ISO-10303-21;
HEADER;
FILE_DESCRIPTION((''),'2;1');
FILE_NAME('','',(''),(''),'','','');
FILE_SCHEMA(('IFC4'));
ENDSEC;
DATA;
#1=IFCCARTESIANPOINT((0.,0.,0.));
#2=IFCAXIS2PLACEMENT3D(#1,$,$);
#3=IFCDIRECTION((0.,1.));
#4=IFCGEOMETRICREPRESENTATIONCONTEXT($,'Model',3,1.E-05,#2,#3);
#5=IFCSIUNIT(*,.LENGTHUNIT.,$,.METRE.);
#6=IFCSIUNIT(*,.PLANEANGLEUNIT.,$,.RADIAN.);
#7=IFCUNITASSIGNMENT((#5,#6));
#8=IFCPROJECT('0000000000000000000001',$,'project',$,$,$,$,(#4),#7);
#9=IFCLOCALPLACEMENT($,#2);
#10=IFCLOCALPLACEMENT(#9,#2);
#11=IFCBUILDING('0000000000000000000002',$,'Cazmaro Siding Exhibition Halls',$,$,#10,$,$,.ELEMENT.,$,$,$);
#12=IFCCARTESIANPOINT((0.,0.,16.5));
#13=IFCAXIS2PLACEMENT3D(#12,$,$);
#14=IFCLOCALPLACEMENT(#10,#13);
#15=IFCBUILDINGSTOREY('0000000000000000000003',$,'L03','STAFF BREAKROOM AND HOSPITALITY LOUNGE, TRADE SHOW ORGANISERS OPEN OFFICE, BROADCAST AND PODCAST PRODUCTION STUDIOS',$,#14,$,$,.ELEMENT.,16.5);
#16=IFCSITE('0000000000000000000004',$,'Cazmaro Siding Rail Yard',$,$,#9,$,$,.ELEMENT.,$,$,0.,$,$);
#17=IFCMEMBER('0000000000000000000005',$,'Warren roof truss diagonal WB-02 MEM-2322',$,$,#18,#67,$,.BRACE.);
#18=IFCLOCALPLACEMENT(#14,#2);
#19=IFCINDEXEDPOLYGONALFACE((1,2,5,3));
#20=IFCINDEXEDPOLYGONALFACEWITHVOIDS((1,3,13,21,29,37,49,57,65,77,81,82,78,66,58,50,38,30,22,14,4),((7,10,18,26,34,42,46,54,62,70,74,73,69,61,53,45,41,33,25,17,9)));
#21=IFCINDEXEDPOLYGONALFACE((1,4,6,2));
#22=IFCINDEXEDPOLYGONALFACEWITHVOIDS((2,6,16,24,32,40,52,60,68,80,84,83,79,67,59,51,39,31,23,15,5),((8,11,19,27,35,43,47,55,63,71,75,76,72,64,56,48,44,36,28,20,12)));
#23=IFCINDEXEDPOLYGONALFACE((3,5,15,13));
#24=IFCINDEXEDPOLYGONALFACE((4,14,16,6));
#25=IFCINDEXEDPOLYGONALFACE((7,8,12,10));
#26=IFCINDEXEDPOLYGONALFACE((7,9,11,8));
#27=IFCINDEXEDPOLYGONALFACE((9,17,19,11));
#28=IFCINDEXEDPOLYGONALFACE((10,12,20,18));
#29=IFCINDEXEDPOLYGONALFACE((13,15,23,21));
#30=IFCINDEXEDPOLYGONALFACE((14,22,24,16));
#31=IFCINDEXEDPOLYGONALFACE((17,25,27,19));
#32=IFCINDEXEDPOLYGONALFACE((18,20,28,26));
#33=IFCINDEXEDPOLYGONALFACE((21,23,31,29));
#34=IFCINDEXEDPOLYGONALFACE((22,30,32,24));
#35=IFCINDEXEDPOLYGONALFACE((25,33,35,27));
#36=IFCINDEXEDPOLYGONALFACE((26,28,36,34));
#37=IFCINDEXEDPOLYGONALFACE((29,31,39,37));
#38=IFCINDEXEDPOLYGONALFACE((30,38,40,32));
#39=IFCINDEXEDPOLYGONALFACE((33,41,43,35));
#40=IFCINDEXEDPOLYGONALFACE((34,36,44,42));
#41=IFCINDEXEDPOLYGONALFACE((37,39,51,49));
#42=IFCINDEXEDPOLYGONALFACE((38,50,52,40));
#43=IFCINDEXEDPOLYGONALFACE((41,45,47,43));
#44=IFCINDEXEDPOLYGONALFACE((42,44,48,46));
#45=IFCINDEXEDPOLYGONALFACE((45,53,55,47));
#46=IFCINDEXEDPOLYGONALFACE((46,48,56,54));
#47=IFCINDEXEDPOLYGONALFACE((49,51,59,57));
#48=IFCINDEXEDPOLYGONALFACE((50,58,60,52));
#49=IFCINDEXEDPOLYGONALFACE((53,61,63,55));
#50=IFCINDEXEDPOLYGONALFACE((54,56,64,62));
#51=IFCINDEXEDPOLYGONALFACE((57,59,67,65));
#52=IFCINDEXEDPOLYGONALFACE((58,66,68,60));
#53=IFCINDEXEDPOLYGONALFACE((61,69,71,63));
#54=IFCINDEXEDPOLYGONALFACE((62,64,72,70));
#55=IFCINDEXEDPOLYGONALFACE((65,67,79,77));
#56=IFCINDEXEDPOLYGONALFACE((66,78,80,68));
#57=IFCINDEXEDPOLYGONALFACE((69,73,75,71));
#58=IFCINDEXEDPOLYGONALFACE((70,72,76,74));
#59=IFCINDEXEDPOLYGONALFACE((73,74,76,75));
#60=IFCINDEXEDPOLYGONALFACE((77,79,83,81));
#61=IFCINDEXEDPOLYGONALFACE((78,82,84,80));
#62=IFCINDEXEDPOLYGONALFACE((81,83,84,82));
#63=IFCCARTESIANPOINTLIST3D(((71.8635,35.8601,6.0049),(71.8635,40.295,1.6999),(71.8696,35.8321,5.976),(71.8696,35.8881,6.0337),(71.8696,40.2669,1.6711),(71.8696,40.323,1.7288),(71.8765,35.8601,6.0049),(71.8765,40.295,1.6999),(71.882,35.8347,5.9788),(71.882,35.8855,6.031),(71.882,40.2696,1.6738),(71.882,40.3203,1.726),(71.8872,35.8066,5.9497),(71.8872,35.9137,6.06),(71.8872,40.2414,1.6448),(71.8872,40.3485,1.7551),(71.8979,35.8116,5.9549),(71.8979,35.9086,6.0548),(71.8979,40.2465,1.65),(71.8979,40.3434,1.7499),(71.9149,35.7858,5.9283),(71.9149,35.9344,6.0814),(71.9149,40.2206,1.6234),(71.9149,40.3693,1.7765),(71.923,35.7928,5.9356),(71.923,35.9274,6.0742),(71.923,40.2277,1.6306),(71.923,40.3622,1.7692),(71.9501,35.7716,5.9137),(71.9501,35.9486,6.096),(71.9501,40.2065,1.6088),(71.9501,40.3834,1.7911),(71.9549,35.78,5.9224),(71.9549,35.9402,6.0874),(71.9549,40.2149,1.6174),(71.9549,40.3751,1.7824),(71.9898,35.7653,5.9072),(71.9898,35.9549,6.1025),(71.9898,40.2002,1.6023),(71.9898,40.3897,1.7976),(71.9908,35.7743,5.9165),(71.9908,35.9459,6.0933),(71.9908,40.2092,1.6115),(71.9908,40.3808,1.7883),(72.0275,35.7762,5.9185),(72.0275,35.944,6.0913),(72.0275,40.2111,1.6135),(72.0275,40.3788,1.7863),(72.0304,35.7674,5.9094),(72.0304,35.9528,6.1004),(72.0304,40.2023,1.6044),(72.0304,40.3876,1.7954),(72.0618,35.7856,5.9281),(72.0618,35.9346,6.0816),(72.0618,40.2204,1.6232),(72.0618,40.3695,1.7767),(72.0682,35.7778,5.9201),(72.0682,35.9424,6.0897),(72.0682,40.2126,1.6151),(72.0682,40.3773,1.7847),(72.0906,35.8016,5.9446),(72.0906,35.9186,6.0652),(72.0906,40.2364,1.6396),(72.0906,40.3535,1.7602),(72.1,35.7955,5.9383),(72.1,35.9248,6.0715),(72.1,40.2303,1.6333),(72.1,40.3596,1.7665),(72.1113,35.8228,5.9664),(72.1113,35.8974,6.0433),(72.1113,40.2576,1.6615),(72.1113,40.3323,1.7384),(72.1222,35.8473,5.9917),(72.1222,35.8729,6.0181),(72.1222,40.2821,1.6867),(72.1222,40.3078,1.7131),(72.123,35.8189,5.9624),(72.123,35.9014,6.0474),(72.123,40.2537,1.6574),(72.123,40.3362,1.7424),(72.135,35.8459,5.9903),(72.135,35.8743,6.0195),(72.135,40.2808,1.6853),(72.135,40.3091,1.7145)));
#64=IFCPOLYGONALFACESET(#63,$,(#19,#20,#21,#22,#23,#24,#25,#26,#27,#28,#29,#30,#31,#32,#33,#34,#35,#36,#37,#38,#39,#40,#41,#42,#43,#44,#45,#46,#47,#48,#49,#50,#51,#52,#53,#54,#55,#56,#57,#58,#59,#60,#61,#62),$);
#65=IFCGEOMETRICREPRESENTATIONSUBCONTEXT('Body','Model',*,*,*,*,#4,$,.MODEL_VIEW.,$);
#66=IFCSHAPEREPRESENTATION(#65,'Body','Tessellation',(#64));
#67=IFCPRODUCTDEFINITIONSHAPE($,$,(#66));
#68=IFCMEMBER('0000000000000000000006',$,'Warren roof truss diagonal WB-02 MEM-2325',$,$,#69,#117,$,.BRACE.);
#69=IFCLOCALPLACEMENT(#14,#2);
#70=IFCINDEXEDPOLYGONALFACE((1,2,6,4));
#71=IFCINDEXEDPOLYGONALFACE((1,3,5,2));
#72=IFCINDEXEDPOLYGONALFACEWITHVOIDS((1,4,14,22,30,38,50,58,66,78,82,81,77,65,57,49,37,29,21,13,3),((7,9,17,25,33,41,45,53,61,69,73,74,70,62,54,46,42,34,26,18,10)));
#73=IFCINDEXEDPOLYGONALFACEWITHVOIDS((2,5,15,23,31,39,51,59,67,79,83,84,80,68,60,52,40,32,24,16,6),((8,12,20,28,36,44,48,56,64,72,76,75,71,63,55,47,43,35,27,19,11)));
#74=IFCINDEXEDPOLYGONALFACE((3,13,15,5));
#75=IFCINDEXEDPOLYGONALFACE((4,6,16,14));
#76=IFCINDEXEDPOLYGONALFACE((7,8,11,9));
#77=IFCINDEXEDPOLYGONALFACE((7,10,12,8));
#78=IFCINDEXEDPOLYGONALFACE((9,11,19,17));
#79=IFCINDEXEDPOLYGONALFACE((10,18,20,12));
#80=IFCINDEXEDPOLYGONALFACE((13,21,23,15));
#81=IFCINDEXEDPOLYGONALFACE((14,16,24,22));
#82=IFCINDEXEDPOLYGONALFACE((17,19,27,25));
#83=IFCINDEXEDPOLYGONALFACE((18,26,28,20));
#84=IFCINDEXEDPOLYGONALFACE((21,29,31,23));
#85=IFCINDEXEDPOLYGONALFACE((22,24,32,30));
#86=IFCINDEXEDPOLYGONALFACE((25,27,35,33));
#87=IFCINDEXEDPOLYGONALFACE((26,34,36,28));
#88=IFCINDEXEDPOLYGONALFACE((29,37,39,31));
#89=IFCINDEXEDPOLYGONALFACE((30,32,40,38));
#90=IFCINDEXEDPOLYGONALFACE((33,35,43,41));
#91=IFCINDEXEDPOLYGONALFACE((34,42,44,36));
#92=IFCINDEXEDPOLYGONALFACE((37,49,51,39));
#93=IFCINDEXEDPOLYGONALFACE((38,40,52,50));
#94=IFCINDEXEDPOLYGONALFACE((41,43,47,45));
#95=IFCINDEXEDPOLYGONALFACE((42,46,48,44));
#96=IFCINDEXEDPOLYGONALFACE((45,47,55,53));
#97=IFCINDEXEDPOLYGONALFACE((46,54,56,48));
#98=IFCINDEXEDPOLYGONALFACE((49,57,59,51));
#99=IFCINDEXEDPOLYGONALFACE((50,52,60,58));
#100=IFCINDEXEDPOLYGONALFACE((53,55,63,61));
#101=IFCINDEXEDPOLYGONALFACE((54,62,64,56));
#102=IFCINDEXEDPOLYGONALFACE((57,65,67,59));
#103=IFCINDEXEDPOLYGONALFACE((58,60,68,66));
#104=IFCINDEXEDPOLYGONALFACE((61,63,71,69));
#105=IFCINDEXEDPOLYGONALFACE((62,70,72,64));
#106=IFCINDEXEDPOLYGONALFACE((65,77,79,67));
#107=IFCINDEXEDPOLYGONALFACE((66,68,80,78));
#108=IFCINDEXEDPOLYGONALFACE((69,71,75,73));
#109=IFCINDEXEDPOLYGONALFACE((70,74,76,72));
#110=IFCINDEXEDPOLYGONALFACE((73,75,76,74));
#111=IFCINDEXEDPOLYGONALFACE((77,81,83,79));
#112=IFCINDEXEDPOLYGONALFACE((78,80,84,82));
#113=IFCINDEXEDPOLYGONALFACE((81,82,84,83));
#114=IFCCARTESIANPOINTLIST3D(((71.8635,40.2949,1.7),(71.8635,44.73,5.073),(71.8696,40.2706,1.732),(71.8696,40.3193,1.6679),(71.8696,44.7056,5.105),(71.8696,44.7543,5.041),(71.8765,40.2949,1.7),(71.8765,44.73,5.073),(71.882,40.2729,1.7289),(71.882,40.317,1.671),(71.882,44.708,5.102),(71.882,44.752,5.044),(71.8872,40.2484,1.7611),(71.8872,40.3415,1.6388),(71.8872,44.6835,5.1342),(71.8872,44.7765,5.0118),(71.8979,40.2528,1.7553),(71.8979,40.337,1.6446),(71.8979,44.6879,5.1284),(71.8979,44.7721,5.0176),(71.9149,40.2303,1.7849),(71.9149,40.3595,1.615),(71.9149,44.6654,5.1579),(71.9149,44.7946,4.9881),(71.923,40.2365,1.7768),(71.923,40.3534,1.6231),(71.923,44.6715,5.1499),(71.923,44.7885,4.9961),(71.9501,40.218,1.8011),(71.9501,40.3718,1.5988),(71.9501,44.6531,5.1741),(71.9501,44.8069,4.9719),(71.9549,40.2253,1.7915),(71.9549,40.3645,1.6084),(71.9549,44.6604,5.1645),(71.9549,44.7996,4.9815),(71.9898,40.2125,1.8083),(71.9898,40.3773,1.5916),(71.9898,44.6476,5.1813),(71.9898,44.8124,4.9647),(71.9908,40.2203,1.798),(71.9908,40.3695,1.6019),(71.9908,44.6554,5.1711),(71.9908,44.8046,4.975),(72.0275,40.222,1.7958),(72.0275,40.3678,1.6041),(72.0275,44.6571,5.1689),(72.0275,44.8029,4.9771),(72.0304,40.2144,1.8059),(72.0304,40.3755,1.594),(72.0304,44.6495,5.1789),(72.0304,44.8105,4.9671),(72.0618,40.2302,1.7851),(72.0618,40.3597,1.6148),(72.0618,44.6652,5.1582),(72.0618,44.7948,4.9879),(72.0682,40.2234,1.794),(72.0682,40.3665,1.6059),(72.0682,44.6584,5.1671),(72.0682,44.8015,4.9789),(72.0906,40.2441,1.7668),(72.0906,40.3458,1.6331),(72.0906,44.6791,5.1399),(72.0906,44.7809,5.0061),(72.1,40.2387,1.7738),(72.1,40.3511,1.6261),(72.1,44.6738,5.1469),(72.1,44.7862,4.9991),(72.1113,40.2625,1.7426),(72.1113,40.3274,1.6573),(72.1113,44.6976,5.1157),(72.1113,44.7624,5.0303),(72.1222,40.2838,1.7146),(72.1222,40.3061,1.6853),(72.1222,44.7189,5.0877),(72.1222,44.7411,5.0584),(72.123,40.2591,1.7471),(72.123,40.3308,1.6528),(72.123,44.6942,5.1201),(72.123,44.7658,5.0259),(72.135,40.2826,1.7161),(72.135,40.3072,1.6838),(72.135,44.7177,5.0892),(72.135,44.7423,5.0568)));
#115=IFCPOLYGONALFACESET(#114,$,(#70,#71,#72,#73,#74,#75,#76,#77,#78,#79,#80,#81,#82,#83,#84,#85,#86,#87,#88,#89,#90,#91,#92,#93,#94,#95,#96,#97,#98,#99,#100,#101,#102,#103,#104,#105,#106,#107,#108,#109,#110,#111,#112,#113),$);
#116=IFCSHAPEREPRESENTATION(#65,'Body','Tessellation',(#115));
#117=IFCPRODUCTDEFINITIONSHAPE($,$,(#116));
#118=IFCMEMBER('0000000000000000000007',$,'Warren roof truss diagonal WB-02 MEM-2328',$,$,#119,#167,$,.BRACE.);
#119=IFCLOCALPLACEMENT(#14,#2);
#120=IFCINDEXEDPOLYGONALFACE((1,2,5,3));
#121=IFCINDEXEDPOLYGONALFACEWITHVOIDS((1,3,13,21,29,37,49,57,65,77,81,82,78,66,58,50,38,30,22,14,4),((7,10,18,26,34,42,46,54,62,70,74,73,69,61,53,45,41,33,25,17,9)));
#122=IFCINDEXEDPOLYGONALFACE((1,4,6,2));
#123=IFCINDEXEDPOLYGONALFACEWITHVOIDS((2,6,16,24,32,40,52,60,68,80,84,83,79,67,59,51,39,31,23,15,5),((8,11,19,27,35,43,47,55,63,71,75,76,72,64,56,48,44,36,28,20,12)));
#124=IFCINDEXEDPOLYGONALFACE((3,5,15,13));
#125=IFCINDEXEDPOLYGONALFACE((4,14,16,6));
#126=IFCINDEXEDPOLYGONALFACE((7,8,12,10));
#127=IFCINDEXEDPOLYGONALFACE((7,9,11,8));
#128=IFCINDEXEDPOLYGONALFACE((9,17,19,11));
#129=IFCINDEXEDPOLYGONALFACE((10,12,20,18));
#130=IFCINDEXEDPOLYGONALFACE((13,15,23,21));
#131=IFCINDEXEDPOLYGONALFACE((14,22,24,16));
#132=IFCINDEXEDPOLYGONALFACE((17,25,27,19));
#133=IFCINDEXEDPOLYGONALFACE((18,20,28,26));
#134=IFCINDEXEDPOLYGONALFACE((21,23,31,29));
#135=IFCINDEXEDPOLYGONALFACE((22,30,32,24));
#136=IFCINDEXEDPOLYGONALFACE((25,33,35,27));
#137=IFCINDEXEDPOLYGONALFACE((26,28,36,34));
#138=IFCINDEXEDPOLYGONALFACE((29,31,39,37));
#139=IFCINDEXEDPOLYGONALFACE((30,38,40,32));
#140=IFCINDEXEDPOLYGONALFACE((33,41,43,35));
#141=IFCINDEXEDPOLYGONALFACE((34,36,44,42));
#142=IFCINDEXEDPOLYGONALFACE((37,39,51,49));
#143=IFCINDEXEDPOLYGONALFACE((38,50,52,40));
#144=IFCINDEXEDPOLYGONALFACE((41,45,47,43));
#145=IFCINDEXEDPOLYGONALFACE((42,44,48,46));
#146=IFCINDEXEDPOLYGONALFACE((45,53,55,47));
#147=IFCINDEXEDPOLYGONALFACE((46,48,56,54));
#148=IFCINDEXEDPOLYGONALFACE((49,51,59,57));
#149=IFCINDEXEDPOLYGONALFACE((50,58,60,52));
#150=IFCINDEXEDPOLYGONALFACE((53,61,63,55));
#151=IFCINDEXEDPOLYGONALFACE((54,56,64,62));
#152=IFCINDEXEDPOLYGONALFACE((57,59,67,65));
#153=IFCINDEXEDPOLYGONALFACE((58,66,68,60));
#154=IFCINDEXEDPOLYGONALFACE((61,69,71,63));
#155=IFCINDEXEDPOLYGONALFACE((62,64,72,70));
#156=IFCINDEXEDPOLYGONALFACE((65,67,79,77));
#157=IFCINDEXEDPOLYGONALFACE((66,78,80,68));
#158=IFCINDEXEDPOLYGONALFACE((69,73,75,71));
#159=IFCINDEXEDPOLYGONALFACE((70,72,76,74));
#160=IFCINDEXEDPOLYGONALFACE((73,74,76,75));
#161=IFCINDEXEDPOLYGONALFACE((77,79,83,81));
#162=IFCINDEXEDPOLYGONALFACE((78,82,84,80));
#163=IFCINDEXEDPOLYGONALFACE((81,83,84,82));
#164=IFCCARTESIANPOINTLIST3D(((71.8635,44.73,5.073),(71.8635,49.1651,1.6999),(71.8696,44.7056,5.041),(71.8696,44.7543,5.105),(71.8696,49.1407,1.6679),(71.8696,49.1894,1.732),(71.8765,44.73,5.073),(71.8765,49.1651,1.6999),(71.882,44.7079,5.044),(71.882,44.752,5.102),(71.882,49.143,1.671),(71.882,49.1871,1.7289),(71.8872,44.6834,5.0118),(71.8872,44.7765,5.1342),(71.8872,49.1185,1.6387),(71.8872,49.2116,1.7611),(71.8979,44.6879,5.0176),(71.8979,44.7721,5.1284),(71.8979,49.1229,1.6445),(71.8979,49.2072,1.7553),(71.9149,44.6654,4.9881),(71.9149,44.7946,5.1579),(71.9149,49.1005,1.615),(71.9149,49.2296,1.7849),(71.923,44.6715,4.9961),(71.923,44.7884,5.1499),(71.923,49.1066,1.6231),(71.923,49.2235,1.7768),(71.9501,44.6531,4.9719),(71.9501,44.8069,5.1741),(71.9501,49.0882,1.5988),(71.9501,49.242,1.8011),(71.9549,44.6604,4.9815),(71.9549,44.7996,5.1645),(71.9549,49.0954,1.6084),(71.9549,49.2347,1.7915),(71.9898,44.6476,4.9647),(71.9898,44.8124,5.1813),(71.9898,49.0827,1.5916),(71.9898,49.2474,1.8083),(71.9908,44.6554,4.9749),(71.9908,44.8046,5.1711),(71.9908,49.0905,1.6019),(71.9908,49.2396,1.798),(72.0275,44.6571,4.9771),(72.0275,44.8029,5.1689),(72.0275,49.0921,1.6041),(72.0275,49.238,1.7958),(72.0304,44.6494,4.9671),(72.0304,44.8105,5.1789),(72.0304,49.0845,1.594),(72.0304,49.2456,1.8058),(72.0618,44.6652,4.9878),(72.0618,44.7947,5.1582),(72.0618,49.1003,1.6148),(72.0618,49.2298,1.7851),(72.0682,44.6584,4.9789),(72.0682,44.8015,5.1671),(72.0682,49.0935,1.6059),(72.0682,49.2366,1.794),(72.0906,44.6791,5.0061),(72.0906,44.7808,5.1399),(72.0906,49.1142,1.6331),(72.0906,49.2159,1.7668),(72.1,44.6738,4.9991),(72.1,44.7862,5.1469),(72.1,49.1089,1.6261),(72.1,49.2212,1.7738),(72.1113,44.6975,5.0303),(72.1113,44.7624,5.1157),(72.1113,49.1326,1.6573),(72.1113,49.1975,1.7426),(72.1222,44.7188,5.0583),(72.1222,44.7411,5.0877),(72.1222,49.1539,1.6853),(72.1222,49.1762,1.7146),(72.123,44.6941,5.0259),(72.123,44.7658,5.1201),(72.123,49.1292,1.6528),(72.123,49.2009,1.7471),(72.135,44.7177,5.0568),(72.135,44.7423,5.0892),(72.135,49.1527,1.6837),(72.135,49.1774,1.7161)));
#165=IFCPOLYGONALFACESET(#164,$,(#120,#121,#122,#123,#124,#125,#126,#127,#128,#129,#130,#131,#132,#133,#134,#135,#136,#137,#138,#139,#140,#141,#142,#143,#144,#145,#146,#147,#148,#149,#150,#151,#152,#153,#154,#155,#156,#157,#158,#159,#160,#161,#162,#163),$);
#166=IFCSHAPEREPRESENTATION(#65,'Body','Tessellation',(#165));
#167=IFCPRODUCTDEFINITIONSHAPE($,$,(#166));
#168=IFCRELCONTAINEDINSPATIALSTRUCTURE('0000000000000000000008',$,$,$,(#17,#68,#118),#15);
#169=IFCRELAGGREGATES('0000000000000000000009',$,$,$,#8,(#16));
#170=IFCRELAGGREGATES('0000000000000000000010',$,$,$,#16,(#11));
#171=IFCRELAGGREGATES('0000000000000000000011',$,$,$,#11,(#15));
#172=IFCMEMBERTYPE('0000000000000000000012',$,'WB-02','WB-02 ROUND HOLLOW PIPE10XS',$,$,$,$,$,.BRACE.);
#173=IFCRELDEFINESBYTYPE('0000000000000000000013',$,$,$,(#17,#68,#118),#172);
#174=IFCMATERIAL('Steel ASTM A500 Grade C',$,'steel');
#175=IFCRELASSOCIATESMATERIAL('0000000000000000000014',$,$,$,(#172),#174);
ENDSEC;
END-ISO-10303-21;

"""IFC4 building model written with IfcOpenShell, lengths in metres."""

from ifc_helpers import new_model, si_unit, direction, frame, origin, origin_2d, place, context, subcontext, project, spatial, hollow_circle, extrude, material, material_profile, profile_set, type_object, element, save


model = new_model("IFC4")

# Units and contexts
model_context = context("Model", 3, precision=1e-05, world=origin(), true_north=direction((0.0, 1.0)))
body_context = subcontext(model_context, "Body", "Model", "MODEL_VIEW")
ifc_project = project(units=[si_unit("LENGTHUNIT", "METRE"), si_unit("PLANEANGLEUNIT", "RADIAN")], contexts=[model_context])

# Site, building, storey
site_placement = place(None, origin())
site = spatial("IfcSite", under=ifc_project, at=site_placement, Name="Cazmaro Siding Rail Yard", CompositionType="ELEMENT", RefElevation=0.0)
building_placement = place(site_placement, origin())
building = spatial("IfcBuilding", under=site, at=building_placement, Name="Cazmaro Siding Exhibition Halls", CompositionType="ELEMENT")
storey_placement = place(building_placement, frame((0.0, 0.0, 16.5)))
storey = spatial("IfcBuildingStorey", under=building, at=storey_placement, Name="L03", Description="STAFF BREAKROOM AND HOSPITALITY LOUNGE, TRADE SHOW ORGANISERS OPEN OFFICE, BROADCAST AND PODCAST PRODUCTION STUDIOS", CompositionType="ELEMENT", Elevation=16.5)

# Members
ifc_material_1 = material(Name="Steel ASTM A500 Grade C", Category="steel")
ifc_material_profile_1 = material_profile(ifc_material_1, hollow_circle(Radius=0.1365, WallThickness=0.0129, at=origin_2d()), Name="PIPE10XS")
ifc_profile_set_1 = profile_set([ifc_material_profile_1], Name="Steel ASTM A500 Grade C")
member_type_1 = type_object("IfcMemberType", Name="WB-02", Description="WB-02 ROUND HOLLOW PIPE10XS", PredefinedType="BRACE", material=ifc_profile_set_1)
member_1_placement = place(storey_placement, frame((72.0, 35.8601, 6.0049), z_axis=(0.0, 0.717536, -0.696521), x_axis=(-1.0, 0.0, 0.0)))
element("IfcMember", 1, at=member_1_placement, inside=storey, type_object=member_type_1, Name="Warren roof truss diagonal WB-02 MEM-2322", PredefinedType="BRACE", context=body_context, shape_type="SweptSolid", body=[
    extrude(hollow_circle(Radius=0.1365, WallThickness=0.0129, at=origin_2d()), origin(), (0.0, 0.0, 1.0), 6.1807),
])
for number, where, z_axis, x_axis, name in (
    (2, (72.0, 40.2949, 1.7), (0.0, 0.795954, 0.605357), (-1.0, 0.0, 0.0), "Warren roof truss diagonal WB-02 MEM-2325"),
    (3, (72.0, 44.73, 5.073), (0.0, 0.795954, -0.605357), (-1.0, 0.0, 0.0), "Warren roof truss diagonal WB-02 MEM-2328"),
):
    element("IfcMember", number, at=place(storey_placement, frame(where, z_axis=z_axis, x_axis=x_axis)), inside=storey, type_object=member_type_1, Name=name, PredefinedType="BRACE", context=body_context, shape_type="SweptSolid", body=[
        extrude(hollow_circle(Radius=0.1365, WallThickness=0.0129, at=origin_2d()), origin(), (0.0, 0.0, 1.0), 5.572),
    ])

save(model, "model.ifc")
